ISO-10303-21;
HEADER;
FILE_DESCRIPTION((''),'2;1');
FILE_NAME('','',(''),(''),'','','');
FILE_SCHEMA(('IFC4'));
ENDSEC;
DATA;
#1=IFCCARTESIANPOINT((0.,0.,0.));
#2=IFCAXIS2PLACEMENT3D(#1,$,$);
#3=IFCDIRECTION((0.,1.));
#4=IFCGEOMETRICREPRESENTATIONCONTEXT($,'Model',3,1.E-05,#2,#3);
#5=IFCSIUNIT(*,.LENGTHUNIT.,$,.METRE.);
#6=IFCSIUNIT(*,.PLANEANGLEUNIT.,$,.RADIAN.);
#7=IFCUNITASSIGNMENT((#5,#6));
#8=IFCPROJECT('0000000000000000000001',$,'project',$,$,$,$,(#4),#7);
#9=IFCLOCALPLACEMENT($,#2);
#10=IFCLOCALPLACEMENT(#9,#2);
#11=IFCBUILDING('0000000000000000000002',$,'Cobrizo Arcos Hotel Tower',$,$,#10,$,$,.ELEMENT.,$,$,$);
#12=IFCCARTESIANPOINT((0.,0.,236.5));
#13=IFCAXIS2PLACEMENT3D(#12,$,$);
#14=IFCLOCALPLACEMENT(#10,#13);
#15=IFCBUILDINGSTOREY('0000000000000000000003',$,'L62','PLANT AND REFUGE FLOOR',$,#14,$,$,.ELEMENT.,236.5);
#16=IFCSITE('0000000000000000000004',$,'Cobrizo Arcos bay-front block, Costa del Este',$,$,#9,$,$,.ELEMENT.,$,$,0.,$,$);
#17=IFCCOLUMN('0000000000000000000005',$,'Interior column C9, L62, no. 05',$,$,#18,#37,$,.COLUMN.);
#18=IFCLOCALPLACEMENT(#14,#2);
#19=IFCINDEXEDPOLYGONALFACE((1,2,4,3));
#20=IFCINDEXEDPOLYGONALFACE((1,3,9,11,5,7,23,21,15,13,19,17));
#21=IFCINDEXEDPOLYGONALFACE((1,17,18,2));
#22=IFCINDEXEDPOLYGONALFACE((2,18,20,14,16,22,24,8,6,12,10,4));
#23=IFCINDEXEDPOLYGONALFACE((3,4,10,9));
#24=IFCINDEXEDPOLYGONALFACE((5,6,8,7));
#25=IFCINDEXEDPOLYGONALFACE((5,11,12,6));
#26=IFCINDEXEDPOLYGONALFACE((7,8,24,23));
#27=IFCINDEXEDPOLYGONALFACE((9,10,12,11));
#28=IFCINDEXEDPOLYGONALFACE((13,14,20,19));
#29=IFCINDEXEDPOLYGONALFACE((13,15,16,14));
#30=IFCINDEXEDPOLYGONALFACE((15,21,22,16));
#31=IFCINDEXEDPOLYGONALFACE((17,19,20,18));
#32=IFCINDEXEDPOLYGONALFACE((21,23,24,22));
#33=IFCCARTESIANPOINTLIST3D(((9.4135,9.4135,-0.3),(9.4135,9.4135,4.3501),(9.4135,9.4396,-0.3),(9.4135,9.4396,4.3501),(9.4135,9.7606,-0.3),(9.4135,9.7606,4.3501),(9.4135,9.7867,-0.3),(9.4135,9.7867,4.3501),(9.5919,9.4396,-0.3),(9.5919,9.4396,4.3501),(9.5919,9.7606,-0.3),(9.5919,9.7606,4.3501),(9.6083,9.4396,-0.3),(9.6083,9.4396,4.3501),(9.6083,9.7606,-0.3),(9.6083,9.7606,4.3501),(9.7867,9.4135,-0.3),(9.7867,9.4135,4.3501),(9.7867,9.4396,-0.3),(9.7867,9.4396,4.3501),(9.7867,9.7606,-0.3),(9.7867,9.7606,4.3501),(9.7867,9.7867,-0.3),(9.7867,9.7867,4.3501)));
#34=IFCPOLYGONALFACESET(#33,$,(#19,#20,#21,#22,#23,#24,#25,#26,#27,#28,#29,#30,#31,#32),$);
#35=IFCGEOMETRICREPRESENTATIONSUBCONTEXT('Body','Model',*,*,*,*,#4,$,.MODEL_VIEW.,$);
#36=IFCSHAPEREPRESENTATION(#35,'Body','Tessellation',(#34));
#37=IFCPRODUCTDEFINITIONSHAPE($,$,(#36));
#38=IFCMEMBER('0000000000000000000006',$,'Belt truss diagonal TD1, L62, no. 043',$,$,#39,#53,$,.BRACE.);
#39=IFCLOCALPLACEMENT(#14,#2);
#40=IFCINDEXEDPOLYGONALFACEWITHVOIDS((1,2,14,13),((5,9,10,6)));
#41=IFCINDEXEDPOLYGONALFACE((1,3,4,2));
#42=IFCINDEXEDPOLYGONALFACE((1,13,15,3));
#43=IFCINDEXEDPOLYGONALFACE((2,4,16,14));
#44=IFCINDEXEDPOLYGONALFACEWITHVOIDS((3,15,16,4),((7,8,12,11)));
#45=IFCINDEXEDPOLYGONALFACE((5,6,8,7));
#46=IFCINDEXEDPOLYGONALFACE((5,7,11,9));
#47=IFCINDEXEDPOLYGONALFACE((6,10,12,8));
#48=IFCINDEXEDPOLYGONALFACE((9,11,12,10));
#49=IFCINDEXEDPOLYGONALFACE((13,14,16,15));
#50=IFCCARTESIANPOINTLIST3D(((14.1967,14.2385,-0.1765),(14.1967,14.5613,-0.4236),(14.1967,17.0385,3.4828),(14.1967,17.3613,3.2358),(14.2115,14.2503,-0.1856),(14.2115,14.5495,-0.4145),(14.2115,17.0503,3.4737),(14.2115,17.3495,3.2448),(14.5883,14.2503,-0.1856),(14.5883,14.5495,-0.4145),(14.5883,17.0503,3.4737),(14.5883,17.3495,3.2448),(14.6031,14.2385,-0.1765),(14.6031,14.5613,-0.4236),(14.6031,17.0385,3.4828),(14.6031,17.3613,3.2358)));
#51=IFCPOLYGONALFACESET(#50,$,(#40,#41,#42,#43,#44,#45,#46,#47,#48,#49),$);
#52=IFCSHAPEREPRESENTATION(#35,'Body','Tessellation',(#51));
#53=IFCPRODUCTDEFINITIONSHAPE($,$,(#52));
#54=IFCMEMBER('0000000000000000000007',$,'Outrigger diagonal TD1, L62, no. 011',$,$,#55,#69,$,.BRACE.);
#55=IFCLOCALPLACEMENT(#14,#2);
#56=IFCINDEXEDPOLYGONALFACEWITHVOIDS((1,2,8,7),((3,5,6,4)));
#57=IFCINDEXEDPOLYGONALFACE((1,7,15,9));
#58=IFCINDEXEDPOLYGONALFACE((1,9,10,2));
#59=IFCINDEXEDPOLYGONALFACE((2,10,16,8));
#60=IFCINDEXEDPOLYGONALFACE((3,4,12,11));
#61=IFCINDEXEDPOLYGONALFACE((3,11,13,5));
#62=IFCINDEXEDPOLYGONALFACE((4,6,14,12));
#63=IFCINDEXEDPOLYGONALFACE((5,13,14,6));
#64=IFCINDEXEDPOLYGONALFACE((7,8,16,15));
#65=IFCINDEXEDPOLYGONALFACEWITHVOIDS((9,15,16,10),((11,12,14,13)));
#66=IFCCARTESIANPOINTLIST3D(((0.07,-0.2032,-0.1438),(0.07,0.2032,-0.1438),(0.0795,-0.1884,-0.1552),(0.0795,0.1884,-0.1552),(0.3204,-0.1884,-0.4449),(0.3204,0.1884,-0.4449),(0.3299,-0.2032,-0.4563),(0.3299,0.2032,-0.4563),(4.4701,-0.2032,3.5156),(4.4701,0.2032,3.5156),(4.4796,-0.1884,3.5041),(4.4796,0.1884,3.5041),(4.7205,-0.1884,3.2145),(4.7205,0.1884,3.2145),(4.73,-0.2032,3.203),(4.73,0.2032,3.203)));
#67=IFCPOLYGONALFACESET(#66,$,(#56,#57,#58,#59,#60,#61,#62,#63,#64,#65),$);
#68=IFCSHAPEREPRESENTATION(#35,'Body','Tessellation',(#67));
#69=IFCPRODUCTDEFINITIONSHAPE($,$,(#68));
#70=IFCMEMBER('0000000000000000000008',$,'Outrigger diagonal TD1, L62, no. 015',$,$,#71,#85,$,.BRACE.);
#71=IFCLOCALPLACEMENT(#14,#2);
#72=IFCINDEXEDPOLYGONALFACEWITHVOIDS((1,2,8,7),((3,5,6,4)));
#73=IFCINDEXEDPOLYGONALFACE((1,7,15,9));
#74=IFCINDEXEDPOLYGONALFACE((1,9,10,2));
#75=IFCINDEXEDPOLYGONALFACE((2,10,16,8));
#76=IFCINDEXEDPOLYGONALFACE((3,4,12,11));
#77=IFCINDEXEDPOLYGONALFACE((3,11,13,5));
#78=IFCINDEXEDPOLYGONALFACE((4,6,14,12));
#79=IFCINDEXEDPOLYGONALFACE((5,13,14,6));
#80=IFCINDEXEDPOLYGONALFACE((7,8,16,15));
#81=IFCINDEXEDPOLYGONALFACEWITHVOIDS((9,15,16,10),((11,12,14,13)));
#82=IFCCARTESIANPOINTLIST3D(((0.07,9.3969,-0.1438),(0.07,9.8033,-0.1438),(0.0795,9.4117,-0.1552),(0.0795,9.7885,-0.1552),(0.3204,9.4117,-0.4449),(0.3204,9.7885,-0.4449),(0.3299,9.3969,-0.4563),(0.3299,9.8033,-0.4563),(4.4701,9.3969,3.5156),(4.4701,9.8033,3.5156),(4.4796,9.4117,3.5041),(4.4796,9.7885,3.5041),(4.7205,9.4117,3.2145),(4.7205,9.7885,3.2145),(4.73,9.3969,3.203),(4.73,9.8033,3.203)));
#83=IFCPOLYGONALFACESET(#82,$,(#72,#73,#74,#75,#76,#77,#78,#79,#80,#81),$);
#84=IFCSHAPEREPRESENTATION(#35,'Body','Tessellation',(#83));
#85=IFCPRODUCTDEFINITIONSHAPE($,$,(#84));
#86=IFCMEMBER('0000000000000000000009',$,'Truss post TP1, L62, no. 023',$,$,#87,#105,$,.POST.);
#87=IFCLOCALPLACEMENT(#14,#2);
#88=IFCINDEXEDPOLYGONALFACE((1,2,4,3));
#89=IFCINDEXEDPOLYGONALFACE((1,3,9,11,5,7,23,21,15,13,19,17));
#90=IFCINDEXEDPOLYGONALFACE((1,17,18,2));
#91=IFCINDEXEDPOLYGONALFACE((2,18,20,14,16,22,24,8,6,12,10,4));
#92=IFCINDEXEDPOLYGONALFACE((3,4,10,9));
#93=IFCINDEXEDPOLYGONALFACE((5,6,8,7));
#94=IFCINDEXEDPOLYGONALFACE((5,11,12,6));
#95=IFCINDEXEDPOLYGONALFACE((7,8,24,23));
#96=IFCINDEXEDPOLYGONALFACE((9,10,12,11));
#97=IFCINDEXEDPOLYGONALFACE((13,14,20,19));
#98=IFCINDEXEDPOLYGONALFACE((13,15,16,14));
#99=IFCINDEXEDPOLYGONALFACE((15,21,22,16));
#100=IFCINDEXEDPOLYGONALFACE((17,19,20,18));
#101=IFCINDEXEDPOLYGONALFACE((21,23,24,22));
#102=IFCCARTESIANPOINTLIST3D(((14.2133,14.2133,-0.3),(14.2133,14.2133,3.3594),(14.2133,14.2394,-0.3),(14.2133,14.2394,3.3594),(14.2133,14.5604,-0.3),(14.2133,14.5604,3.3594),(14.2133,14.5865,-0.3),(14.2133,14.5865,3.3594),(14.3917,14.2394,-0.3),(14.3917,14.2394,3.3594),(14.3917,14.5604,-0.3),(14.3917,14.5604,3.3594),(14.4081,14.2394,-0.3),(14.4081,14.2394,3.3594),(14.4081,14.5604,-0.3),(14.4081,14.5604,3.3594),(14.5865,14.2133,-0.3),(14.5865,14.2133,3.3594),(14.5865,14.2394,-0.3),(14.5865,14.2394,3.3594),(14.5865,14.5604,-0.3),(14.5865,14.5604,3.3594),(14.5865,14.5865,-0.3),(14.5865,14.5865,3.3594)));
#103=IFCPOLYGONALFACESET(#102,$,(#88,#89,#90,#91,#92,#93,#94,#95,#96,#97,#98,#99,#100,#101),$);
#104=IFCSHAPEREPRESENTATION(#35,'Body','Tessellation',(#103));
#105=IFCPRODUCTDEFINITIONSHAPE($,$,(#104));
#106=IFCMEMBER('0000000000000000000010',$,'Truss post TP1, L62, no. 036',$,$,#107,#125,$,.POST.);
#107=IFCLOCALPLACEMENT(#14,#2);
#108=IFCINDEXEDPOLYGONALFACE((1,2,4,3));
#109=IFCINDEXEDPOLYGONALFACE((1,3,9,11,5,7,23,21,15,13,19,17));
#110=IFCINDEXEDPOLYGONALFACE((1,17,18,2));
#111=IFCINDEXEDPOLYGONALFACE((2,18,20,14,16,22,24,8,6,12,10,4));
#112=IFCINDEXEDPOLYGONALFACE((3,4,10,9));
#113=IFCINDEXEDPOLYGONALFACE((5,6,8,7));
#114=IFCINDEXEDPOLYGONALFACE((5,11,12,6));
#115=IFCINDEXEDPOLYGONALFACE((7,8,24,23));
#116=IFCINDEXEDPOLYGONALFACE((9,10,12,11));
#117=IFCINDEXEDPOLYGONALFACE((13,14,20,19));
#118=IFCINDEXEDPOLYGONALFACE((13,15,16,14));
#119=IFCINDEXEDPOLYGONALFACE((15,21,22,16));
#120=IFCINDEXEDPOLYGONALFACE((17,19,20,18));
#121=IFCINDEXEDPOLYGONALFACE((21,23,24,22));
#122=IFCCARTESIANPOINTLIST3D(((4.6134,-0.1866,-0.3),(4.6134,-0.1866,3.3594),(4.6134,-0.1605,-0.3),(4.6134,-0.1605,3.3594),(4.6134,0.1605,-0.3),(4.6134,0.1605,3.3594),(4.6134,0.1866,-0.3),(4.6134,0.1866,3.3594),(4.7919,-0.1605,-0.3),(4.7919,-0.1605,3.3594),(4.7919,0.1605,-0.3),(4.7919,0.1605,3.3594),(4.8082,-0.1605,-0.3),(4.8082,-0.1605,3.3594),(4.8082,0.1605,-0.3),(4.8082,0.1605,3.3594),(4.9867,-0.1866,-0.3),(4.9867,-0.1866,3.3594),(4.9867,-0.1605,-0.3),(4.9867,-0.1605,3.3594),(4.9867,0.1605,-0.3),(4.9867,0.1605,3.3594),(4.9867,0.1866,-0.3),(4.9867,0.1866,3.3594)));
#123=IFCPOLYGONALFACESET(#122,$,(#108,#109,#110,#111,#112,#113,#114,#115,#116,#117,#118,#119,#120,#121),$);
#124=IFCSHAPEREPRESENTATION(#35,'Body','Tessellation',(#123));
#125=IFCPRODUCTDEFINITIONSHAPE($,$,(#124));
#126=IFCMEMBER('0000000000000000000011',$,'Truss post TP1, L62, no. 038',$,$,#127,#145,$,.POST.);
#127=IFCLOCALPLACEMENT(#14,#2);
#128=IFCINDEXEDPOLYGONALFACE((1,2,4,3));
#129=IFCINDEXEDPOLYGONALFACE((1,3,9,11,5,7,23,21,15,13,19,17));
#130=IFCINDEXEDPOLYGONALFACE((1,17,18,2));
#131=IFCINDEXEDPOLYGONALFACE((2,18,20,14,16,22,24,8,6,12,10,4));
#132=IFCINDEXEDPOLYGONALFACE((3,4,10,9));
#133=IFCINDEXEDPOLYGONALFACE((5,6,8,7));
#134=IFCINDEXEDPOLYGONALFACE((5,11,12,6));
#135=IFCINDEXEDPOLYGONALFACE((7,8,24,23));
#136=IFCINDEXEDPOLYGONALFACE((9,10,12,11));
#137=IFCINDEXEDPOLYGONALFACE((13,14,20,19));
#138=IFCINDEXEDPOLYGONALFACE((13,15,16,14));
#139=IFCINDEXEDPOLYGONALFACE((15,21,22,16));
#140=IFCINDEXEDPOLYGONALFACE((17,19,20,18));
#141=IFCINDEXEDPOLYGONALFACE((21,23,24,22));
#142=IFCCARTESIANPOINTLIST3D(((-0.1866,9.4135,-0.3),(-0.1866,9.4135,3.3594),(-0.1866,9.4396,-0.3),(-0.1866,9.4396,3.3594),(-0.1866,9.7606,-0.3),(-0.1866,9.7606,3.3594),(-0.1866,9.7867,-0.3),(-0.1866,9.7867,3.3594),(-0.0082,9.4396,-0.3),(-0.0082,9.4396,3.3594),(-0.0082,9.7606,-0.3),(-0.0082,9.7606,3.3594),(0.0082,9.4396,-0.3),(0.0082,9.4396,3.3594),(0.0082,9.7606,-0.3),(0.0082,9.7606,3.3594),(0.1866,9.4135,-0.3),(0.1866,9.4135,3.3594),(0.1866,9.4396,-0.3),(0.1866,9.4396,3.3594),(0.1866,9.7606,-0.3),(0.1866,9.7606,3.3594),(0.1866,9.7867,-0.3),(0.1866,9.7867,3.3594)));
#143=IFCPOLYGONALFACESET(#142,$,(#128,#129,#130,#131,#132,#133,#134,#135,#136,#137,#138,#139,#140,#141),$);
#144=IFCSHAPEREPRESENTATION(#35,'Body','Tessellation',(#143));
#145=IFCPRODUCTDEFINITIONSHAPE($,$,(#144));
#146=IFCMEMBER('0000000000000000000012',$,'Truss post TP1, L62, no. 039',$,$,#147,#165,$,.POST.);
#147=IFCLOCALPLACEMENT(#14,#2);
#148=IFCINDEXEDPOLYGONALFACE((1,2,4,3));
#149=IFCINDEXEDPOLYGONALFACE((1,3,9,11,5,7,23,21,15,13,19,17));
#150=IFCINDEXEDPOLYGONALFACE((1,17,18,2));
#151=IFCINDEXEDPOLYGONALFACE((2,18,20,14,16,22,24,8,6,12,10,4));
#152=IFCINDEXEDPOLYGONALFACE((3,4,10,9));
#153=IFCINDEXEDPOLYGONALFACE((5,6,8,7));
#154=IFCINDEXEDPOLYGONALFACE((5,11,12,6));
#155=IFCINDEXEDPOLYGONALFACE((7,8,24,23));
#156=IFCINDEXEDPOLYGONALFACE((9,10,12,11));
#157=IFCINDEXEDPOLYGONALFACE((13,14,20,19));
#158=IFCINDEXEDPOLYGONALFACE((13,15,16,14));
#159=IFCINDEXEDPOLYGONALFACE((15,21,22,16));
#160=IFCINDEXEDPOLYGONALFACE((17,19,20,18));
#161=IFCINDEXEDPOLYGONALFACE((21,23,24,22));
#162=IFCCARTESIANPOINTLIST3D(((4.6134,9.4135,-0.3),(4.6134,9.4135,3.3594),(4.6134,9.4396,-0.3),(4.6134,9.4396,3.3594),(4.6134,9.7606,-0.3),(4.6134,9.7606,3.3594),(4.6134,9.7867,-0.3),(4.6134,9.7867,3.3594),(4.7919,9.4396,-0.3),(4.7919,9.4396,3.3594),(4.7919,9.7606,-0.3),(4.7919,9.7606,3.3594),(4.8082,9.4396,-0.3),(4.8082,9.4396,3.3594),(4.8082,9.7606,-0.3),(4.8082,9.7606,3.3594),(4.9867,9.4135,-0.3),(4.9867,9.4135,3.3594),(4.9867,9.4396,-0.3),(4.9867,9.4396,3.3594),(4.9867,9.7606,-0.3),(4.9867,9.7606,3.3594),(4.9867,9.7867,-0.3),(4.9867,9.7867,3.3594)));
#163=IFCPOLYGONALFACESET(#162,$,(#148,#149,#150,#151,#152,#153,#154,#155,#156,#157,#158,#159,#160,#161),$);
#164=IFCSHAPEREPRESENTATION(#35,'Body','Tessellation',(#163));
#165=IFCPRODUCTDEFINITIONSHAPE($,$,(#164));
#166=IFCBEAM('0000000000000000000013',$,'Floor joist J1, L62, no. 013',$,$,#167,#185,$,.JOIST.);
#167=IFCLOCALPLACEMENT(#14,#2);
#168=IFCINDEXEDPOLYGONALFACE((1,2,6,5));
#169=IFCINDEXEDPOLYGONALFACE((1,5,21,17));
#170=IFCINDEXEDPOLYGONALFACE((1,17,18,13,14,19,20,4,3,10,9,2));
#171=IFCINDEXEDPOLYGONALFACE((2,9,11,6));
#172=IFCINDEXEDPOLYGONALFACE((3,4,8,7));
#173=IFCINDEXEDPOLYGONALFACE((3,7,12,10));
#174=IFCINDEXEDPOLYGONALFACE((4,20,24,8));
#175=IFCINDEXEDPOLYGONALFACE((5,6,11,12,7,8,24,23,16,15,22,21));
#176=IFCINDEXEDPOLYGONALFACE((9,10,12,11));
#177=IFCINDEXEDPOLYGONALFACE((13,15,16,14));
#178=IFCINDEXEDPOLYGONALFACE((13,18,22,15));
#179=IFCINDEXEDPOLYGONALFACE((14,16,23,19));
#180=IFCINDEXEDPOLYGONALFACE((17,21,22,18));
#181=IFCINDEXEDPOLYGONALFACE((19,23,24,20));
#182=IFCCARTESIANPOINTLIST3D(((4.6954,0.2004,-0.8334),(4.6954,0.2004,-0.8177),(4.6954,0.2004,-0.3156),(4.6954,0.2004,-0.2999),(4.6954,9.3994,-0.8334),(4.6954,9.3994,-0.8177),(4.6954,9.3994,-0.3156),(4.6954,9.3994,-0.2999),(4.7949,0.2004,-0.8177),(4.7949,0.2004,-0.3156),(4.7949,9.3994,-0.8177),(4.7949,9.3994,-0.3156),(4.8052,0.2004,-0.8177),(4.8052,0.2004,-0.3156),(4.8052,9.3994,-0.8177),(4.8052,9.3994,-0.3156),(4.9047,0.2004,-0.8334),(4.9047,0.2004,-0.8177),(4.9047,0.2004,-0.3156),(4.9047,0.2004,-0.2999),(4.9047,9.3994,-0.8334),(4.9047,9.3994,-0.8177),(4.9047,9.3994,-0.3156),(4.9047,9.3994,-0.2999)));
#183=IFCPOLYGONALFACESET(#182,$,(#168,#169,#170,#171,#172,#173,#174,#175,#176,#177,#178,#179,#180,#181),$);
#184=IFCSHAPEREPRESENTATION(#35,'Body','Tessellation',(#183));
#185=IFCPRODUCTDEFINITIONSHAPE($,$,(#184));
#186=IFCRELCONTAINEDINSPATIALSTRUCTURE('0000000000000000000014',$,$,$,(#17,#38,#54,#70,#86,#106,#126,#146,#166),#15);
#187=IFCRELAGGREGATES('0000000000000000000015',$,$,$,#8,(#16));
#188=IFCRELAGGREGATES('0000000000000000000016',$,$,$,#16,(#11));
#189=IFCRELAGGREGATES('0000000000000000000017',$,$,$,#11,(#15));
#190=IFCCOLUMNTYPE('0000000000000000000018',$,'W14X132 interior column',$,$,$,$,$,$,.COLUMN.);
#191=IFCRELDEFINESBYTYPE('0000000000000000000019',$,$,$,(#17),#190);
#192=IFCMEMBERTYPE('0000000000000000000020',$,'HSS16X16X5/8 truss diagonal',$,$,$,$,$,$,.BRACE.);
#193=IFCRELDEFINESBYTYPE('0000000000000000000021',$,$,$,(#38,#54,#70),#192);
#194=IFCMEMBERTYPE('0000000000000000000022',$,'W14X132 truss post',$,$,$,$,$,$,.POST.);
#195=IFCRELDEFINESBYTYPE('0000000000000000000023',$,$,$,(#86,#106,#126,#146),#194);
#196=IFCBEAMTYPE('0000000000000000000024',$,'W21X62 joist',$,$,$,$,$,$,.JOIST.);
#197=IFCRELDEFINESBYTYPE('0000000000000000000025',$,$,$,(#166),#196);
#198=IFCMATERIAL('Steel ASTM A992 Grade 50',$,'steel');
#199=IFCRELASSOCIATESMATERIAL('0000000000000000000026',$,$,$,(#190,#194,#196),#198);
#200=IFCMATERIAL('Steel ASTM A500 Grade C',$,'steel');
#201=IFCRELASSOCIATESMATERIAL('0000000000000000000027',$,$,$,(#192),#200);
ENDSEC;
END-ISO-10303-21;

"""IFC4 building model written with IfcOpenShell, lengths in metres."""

from ifc_helpers import new_model, si_unit, direction, frame, origin, origin_2d, place, context, subcontext, project, spatial, hollow_rectangle, i_section, extrude, material, material_profile, profile_set, type_object, element, save


model = new_model("IFC4")

# Units and contexts
model_context = context("Model", 3, precision=1e-05, world=origin(), true_north=direction((0.0, 1.0)))
body_context = subcontext(model_context, "Body", "Model", "MODEL_VIEW")
ifc_project = project(units=[si_unit("LENGTHUNIT", "METRE"), si_unit("PLANEANGLEUNIT", "RADIAN")], contexts=[model_context])

# Site, building, storey
site_placement = place(None, origin())
site = spatial("IfcSite", under=ifc_project, at=site_placement, Name="Cobrizo Arcos bay-front block, Costa del Este", CompositionType="ELEMENT", RefElevation=0.0)
building_placement = place(site_placement, origin())
building = spatial("IfcBuilding", under=site, at=building_placement, Name="Cobrizo Arcos Hotel Tower", CompositionType="ELEMENT")
storey_placement = place(building_placement, frame((0.0, 0.0, 236.5)))
storey = spatial("IfcBuildingStorey", under=building, at=storey_placement, Name="L62", Description="PLANT AND REFUGE FLOOR", CompositionType="ELEMENT", Elevation=236.5)

# Column
ifc_material_1 = material(Name="Steel ASTM A992 Grade 50", Category="steel")
ifc_material_profile_1 = material_profile(ifc_material_1, i_section(OverallWidth=0.3733, OverallDepth=0.3733, WebThickness=0.0164, FlangeThickness=0.0261, at=origin_2d()), Name="W14X132")
ifc_profile_set_1 = profile_set([ifc_material_profile_1], Name="Steel ASTM A992 Grade 50")
column_type = type_object("IfcColumnType", Name="W14X132 interior column", PredefinedType="COLUMN", material=ifc_profile_set_1)
column_placement = place(storey_placement, frame((9.6001, 9.6001, -0.3), z_axis=(0.0, 0.0, 1.0), x_axis=(1.0, 0.0, 0.0)))
element("IfcColumn", 1, at=column_placement, inside=storey, type_object=column_type, Name="Interior column C9, L62, no. 05", PredefinedType="COLUMN", context=body_context, shape_type="SweptSolid", body=[
    extrude(i_section(OverallWidth=0.3733, OverallDepth=0.3733, WebThickness=0.0164, FlangeThickness=0.0261, at=origin_2d()), origin(), (0.0, 0.0, 1.0), 4.6501),
])

# Members
ifc_material_2 = material(Name="Steel ASTM A500 Grade C", Category="steel")
ifc_material_profile_2 = material_profile(ifc_material_2, hollow_rectangle(XDim=0.4065, YDim=0.4065, WallThickness=0.0149, at=origin_2d()), Name="HSS16X16X5/8")
ifc_profile_set_2 = profile_set([ifc_material_profile_2], Name="Steel ASTM A500 Grade C")
member_type_1 = type_object("IfcMemberType", Name="HSS16X16X5/8 truss diagonal", PredefinedType="BRACE", material=ifc_profile_set_2)
member_1_placement = place(storey_placement, frame((14.3999, 14.3999, -0.3), z_axis=(0.0, 0.607678, 0.794183), x_axis=(-1.0, 0.0, 0.0)))
element("IfcMember", 2, at=member_1_placement, inside=storey, type_object=member_type_1, Name="Belt truss diagonal TD1, L62, no. 043", PredefinedType="BRACE", context=body_context, shape_type="SweptSolid", body=[
    extrude(hollow_rectangle(XDim=0.4065, YDim=0.4065, WallThickness=0.0149, at=origin_2d()), origin(), (0.0, 0.0, 1.0), 4.6077),
])
for number, where, z_axis, x_axis, name in (
    (3, (0.2, 0.0, -0.3), (0.768854, 0.0, 0.639425), (0.0, 1.0, 0.0), "Outrigger diagonal TD1, L62, no. 011"),
    (4, (0.2, 9.6001, -0.3), (0.768854, 0.0, 0.639425), (0.0, 1.0, 0.0), "Outrigger diagonal TD1, L62, no. 015"),
):
    element("IfcMember", number, at=place(storey_placement, frame(where, z_axis=z_axis, x_axis=x_axis)), inside=storey, type_object=member_type_1, Name=name, PredefinedType="BRACE", context=body_context, shape_type="SweptSolid", body=[
        extrude(hollow_rectangle(XDim=0.4065, YDim=0.4065, WallThickness=0.0149, at=origin_2d()), origin(), (0.0, 0.0, 1.0), 5.7229),
    ])
ifc_material_profile_3 = material_profile(ifc_material_1, i_section(OverallWidth=0.3733, OverallDepth=0.3733, WebThickness=0.0164, FlangeThickness=0.0261, at=origin_2d()), Name="W14X132")
ifc_profile_set_3 = profile_set([ifc_material_profile_3], Name="Steel ASTM A992 Grade 50")
member_type_2 = type_object("IfcMemberType", Name="W14X132 truss post", PredefinedType="POST", material=ifc_profile_set_3)
for number, where, z_axis, x_axis, name in (
    (5, (14.3999, 14.3999, -0.3), (0.0, 0.0, 1.0), (1.0, 0.0, 0.0), "Truss post TP1, L62, no. 023"),
    (6, (4.8, 0.0, -0.3), (0.0, 0.0, 1.0), (1.0, 0.0, 0.0), "Truss post TP1, L62, no. 036"),
    (7, (0.0, 9.6001, -0.3), (0.0, 0.0, 1.0), (1.0, 0.0, 0.0), "Truss post TP1, L62, no. 038"),
    (8, (4.8, 9.6001, -0.3), (0.0, 0.0, 1.0), (1.0, 0.0, 0.0), "Truss post TP1, L62, no. 039"),
):
    element("IfcMember", number, at=place(storey_placement, frame(where, z_axis=z_axis, x_axis=x_axis)), inside=storey, type_object=member_type_2, Name=name, PredefinedType="POST", context=body_context, shape_type="SweptSolid", body=[
        extrude(i_section(OverallWidth=0.3733, OverallDepth=0.3733, WebThickness=0.0164, FlangeThickness=0.0261, at=origin_2d()), origin(), (0.0, 0.0, 1.0), 3.6594),
    ])

# Beam
ifc_material_profile_4 = material_profile(ifc_material_1, i_section(OverallWidth=0.2092, OverallDepth=0.5334, WebThickness=0.0103, FlangeThickness=0.0156, at=origin_2d()), Name="W21X62")
ifc_profile_set_4 = profile_set([ifc_material_profile_4], Name="Steel ASTM A992 Grade 50")
beam_type_1 = type_object("IfcBeamType", Name="W21X62 joist", PredefinedType="JOIST", material=ifc_profile_set_4)
beam_1_placement = place(storey_placement, frame((4.8, 0.2004, -0.5667), z_axis=(0.0, 1.0, 0.0), x_axis=(-1.0, 0.0, 0.0)))
element("IfcBeam", 9, at=beam_1_placement, inside=storey, type_object=beam_type_1, Name="Floor joist J1, L62, no. 013", PredefinedType="JOIST", context=body_context, shape_type="SweptSolid", body=[
    extrude(i_section(OverallWidth=0.2092, OverallDepth=0.5334, WebThickness=0.0103, FlangeThickness=0.0156, at=origin_2d()), origin(), (0.0, 0.0, 1.0), 9.199),
])

save(model, "model.ifc")
